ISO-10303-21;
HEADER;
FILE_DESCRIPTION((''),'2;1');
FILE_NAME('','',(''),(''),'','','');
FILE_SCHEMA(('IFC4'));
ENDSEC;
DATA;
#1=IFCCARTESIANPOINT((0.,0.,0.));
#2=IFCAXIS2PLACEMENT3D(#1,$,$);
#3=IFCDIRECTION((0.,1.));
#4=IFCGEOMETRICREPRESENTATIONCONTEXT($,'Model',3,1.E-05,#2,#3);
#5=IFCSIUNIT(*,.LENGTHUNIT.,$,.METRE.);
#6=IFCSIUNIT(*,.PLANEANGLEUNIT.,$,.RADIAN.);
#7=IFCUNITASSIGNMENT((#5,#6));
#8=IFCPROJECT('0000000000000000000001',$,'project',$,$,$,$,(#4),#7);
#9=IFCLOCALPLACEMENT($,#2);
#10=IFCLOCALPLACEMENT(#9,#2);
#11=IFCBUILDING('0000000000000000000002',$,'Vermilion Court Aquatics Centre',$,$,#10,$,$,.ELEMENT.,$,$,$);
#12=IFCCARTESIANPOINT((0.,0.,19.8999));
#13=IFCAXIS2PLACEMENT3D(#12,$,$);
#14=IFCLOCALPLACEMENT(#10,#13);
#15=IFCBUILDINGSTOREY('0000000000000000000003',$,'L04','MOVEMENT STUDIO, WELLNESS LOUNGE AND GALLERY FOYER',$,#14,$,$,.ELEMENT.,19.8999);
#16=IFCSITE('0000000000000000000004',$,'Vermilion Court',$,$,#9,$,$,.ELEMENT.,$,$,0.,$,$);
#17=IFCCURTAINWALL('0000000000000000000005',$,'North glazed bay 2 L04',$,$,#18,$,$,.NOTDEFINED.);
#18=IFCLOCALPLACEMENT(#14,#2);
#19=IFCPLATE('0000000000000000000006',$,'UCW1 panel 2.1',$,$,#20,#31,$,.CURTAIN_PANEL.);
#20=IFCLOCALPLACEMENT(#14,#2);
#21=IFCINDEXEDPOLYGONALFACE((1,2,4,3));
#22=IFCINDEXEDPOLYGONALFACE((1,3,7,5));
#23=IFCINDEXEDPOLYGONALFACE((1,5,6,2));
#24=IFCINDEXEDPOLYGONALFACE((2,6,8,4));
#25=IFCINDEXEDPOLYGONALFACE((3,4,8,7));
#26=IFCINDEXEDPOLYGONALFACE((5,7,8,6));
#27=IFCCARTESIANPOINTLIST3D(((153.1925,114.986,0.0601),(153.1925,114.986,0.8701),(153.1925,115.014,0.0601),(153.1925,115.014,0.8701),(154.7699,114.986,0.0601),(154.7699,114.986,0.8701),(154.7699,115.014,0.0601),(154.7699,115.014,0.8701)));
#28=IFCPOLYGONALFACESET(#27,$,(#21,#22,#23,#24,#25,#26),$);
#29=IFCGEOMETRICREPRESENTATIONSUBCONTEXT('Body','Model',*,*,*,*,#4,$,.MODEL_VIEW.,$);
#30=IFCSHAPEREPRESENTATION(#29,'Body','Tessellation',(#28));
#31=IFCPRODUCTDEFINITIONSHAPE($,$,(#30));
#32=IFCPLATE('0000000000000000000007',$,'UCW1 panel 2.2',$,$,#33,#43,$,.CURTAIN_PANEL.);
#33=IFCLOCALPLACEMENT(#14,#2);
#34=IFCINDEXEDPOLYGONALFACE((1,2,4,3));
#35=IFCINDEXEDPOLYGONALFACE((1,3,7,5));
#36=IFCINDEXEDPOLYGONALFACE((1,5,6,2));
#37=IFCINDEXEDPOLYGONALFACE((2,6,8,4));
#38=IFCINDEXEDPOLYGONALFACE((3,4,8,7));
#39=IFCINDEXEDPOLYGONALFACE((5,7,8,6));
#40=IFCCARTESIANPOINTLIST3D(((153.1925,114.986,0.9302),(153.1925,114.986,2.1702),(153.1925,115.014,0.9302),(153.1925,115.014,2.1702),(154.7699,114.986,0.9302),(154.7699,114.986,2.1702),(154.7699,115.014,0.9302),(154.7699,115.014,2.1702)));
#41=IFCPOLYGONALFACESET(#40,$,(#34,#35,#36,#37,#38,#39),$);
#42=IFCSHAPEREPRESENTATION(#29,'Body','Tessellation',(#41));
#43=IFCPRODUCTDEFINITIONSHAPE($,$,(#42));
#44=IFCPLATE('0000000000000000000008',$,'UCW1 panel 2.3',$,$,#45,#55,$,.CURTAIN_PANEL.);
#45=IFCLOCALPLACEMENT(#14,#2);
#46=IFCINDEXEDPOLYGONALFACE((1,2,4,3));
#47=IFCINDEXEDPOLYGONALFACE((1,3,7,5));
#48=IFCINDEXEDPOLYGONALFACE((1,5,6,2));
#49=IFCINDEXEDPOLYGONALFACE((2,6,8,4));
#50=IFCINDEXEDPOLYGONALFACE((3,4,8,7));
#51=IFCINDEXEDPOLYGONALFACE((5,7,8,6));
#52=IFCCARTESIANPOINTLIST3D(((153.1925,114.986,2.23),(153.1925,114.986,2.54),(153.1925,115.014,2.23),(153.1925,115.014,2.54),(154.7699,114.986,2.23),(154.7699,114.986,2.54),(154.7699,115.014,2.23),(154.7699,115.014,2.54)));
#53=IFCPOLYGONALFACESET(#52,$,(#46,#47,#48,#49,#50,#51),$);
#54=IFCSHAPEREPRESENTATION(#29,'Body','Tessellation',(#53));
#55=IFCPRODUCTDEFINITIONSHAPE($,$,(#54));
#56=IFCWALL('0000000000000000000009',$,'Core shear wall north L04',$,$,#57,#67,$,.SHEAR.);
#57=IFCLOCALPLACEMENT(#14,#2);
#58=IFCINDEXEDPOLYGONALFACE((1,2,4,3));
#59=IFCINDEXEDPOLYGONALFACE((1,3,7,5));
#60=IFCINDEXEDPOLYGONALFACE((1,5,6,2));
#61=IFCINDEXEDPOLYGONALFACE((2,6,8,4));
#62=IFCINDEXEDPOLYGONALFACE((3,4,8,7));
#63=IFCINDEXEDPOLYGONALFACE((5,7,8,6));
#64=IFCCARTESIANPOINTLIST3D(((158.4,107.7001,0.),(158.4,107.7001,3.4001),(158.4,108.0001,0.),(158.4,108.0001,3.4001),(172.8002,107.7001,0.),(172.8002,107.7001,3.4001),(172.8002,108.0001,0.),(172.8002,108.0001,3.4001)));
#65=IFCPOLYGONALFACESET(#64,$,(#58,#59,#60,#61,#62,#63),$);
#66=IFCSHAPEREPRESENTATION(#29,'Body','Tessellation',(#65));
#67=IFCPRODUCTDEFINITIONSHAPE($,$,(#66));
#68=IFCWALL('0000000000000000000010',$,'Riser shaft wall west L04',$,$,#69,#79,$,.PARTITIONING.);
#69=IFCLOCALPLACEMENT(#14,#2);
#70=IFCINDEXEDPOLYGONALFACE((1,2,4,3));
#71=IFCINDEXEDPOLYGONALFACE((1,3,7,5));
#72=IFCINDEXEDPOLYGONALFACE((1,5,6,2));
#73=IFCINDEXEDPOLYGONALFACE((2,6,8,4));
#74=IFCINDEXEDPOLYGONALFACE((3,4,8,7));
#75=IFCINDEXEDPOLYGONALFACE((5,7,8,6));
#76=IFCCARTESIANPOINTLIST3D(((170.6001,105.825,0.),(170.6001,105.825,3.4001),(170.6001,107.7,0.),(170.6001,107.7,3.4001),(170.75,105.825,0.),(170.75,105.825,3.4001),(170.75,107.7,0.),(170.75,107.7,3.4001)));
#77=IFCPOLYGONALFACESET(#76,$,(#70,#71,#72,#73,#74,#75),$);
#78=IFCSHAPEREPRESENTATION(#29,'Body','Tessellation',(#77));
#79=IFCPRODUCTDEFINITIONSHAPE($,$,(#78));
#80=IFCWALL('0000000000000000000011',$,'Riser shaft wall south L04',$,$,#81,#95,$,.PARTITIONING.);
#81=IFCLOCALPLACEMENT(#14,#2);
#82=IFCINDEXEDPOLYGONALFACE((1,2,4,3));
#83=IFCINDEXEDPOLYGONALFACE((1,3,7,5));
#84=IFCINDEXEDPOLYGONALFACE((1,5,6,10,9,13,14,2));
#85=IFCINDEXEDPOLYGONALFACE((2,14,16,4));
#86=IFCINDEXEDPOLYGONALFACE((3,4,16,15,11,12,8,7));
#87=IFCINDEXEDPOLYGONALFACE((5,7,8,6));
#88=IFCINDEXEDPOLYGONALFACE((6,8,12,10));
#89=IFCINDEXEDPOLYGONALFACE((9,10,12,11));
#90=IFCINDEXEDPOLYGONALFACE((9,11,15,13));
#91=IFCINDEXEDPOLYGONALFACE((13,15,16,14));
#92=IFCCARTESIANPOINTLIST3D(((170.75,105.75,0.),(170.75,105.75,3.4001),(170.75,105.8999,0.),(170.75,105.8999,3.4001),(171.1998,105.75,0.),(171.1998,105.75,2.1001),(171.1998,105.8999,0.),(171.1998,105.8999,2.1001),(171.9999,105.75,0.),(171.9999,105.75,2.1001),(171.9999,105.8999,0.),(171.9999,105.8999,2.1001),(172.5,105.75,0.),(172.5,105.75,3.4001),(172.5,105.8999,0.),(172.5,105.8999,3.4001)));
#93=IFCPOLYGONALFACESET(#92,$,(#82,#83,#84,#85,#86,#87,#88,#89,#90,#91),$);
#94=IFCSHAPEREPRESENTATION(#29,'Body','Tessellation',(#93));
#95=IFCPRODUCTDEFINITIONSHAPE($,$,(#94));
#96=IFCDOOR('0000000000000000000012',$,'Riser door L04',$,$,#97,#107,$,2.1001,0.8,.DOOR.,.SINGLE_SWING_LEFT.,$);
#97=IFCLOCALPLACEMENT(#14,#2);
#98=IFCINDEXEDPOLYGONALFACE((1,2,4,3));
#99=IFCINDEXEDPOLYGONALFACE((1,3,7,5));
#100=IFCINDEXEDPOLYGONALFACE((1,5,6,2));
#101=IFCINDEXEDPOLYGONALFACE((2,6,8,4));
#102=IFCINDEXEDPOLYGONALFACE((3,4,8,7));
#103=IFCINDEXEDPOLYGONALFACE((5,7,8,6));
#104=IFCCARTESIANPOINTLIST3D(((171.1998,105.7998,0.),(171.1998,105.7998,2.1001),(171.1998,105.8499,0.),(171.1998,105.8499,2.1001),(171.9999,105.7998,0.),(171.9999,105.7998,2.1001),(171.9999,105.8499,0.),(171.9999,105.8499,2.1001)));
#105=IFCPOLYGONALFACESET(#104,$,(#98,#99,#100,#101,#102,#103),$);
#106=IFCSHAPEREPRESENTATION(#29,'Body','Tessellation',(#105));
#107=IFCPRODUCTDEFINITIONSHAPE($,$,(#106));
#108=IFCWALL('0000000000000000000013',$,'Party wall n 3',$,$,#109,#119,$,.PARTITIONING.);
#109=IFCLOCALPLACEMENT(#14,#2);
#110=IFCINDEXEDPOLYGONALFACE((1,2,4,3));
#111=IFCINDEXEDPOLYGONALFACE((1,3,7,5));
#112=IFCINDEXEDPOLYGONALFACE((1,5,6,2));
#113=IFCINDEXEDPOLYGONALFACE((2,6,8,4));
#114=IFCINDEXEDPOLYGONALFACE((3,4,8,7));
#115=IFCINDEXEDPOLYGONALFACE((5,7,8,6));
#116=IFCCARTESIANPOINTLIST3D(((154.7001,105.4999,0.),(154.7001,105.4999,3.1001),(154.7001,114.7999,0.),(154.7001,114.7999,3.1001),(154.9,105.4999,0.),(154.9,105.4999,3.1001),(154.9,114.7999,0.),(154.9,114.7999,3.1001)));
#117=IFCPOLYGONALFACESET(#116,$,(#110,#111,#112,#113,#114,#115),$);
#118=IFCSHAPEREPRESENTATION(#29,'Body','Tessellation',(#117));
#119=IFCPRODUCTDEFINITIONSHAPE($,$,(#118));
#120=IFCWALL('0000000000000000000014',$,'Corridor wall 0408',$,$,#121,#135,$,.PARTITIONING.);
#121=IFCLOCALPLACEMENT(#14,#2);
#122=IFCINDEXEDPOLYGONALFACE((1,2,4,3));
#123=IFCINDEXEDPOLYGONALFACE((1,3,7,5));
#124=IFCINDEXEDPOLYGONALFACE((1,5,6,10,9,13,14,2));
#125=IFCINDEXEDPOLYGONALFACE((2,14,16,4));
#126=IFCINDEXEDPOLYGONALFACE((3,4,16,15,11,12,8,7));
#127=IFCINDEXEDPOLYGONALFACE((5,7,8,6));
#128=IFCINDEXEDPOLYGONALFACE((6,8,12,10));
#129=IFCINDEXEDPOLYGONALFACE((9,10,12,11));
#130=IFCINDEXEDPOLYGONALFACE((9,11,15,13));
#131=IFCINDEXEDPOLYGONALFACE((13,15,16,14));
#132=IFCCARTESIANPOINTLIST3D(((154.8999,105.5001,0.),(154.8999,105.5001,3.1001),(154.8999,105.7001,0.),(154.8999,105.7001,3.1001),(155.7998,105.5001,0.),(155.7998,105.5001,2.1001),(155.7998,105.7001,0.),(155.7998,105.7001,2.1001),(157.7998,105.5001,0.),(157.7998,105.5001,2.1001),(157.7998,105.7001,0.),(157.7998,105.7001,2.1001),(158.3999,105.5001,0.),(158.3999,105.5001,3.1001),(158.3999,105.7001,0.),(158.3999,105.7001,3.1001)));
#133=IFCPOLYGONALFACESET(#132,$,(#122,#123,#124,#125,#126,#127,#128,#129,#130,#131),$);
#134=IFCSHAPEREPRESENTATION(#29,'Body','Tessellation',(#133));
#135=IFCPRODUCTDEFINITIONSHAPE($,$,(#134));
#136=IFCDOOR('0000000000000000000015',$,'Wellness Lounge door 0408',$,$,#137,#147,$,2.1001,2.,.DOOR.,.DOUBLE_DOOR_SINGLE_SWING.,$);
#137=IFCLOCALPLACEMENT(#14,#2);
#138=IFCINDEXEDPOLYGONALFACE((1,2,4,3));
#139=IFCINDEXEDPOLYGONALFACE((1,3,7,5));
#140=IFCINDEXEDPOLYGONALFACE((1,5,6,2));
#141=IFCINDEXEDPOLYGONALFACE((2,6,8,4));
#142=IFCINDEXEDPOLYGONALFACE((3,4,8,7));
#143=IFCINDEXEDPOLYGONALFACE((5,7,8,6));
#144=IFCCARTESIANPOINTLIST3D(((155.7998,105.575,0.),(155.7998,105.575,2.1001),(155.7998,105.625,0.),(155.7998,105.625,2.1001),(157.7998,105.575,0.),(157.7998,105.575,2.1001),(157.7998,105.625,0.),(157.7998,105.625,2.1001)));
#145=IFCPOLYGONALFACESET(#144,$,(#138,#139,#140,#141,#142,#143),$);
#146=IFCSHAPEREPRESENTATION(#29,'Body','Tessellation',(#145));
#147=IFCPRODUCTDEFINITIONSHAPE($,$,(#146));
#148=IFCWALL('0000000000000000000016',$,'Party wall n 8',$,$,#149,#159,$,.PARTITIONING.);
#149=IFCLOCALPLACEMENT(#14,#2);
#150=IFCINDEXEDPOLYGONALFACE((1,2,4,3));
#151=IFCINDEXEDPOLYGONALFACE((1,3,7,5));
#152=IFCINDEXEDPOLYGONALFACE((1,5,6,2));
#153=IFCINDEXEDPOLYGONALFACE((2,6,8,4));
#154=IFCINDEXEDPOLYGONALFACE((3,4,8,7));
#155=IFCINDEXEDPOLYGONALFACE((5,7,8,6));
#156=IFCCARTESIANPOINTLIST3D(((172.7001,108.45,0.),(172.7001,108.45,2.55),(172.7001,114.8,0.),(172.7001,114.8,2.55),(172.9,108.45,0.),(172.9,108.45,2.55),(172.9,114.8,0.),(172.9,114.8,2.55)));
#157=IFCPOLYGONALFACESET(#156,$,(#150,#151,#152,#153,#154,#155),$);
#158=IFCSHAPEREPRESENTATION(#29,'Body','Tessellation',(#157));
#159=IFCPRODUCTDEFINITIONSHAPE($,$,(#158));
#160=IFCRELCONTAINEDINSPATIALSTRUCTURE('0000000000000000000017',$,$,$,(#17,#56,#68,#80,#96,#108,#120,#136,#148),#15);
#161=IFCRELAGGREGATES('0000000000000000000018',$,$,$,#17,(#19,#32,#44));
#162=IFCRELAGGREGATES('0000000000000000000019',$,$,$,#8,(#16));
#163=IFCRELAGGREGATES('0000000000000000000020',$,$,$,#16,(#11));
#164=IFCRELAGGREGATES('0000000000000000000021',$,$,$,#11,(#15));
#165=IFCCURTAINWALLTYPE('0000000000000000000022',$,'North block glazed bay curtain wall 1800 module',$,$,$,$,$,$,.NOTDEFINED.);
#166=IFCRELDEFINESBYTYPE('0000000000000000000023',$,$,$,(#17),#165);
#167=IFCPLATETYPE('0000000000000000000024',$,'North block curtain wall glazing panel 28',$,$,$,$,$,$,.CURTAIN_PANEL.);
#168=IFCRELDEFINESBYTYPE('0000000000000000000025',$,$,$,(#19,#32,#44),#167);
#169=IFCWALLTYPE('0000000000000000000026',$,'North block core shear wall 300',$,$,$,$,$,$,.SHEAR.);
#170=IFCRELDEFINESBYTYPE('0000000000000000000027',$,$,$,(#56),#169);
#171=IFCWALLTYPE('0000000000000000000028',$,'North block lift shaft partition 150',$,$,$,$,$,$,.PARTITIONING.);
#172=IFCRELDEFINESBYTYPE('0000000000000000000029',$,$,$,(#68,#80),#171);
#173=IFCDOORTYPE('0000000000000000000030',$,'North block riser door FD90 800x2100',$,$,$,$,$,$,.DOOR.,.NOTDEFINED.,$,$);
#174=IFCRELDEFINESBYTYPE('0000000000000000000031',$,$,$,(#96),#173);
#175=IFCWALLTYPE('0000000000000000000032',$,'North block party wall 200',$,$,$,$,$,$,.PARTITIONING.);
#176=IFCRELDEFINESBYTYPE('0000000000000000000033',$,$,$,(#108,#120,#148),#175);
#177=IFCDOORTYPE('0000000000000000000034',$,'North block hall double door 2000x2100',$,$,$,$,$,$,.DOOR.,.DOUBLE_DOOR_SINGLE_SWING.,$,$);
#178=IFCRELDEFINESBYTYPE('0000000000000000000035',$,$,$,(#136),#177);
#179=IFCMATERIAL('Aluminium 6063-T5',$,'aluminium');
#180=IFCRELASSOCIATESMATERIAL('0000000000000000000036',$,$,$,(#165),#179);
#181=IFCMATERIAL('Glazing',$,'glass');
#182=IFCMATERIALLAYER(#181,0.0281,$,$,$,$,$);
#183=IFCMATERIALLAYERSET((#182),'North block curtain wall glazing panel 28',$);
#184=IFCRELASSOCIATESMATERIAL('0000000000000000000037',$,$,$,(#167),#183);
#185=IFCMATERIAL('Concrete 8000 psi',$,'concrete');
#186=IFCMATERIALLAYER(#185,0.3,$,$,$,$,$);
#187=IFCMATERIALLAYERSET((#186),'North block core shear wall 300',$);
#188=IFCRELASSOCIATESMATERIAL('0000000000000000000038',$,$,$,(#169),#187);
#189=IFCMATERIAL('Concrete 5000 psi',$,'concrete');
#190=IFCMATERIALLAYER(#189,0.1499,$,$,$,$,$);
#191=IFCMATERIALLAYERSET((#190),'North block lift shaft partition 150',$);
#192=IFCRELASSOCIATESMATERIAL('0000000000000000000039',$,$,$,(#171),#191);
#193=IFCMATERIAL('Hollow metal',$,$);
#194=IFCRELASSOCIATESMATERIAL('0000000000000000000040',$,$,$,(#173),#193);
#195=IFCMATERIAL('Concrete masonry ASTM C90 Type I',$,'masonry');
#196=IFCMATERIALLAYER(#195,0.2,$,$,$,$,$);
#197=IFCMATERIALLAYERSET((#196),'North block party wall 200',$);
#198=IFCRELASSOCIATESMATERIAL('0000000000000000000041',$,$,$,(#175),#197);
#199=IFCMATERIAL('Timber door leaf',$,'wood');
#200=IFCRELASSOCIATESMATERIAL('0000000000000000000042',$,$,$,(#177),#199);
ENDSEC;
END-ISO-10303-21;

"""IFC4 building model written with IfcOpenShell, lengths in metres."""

from ifc_helpers import new_model, si_unit, direction, frame, frame_2d, origin, origin_2d, place, context, subcontext, project, spatial, rectangle, extrude, material, layer, layer_set, type_object, element, fill, aggregate, save


model = new_model("IFC4")

# Units and contexts
model_context = context("Model", 3, precision=1e-05, world=origin(), true_north=direction((0.0, 1.0)))
body_context = subcontext(model_context, "Body", "Model", "MODEL_VIEW")
ifc_project = project(units=[si_unit("LENGTHUNIT", "METRE"), si_unit("PLANEANGLEUNIT", "RADIAN")], contexts=[model_context])

# Site, building, storey
site_placement = place(None, origin())
site = spatial("IfcSite", under=ifc_project, at=site_placement, Name="Vermilion Court", CompositionType="ELEMENT", RefElevation=0.0)
building_placement = place(site_placement, origin())
building = spatial("IfcBuilding", under=site, at=building_placement, Name="Vermilion Court Aquatics Centre", CompositionType="ELEMENT")
storey_placement = place(building_placement, frame((0.0, 0.0, 19.8999)))
storey = spatial("IfcBuildingStorey", under=building, at=storey_placement, Name="L04", Description="MOVEMENT STUDIO, WELLNESS LOUNGE AND GALLERY FOYER", CompositionType="ELEMENT", Elevation=19.8999)

# Curtain wall
ifc_material_1 = material(Name="Aluminium 6063-T5", Category="aluminium")
curtain_wall_type = type_object("IfcCurtainWallType", Name="North block glazed bay curtain wall 1800 module", PredefinedType="NOTDEFINED", material=ifc_material_1)
curtain_wall_placement = place(storey_placement, origin())
curtain_wall = element("IfcCurtainWall", 1, at=curtain_wall_placement, inside=storey, type_object=curtain_wall_type, Name="North glazed bay 2 L04", PredefinedType="NOTDEFINED")

# Plates
ifc_material_2 = material(Name="Glazing", Category="glass")
ifc_layer_1 = layer(ifc_material_2, 0.0281)
ifc_layer_set_1 = layer_set([ifc_layer_1], Name="North block curtain wall glazing panel 28")
plate_type = type_object("IfcPlateType", Name="North block curtain wall glazing panel 28", PredefinedType="CURTAIN_PANEL", material=ifc_layer_set_1)
plate_1_placement = place(storey_placement, frame((153.9812, 115.0, 0.0601), z_axis=(0.0, 0.0, 1.0), x_axis=(1.0, 0.0, 0.0)))
plate_1 = element("IfcPlate", 2, at=plate_1_placement, type_object=plate_type, Name="UCW1 panel 2.1", PredefinedType="CURTAIN_PANEL", context=body_context, shape_type="SweptSolid", body=[
    extrude(rectangle(XDim=1.5774, YDim=0.0281, at=origin_2d()), origin(), (0.0, 0.0, 1.0), 0.8101),
])
plate_2_placement = place(storey_placement, frame((153.9812, 115.0, 0.9302), z_axis=(0.0, 0.0, 1.0), x_axis=(1.0, 0.0, 0.0)))
plate_2 = element("IfcPlate", 3, at=plate_2_placement, type_object=plate_type, Name="UCW1 panel 2.2", PredefinedType="CURTAIN_PANEL", context=body_context, shape_type="SweptSolid", body=[
    extrude(rectangle(XDim=1.5774, YDim=0.0281, at=origin_2d()), origin(), (0.0, 0.0, 1.0), 1.24),
])
plate_3_placement = place(storey_placement, frame((153.9812, 115.0, 2.23), z_axis=(0.0, 0.0, 1.0), x_axis=(1.0, 0.0, 0.0)))
plate_3 = element("IfcPlate", 4, at=plate_3_placement, type_object=plate_type, Name="UCW1 panel 2.3", PredefinedType="CURTAIN_PANEL", context=body_context, shape_type="SweptSolid", body=[
    extrude(rectangle(XDim=1.5774, YDim=0.0281, at=origin_2d()), origin(), (0.0, 0.0, 1.0), 0.3101),
])
aggregate(curtain_wall, [plate_1, plate_2, plate_3])

# Walls
ifc_material_3 = material(Name="Concrete 8000 psi", Category="concrete")
ifc_layer_2 = layer(ifc_material_3, 0.3)
ifc_layer_set_2 = layer_set([ifc_layer_2], Name="North block core shear wall 300")
wall_type_1 = type_object("IfcWallType", Name="North block core shear wall 300", PredefinedType="SHEAR", material=ifc_layer_set_2)
wall_1_placement = place(storey_placement, frame((158.3999, 107.8501, 0.0), z_axis=(0.0, 0.0, 1.0), x_axis=(1.0, 0.0, 0.0)))
element("IfcWall", 5, at=wall_1_placement, inside=storey, type_object=wall_type_1, Name="Core shear wall north L04", PredefinedType="SHEAR", context=body_context, shape_type="SweptSolid", body=[
    extrude(rectangle(XDim=14.4001, YDim=0.3, at=frame_2d((7.2002, 0.0))), origin(), (0.0, 0.0, 1.0), 3.4001),
])
ifc_material_4 = material(Name="Concrete 5000 psi", Category="concrete")
ifc_layer_3 = layer(ifc_material_4, 0.1499)
ifc_layer_set_3 = layer_set([ifc_layer_3], Name="North block lift shaft partition 150")
wall_type_2 = type_object("IfcWallType", Name="North block lift shaft partition 150", PredefinedType="PARTITIONING", material=ifc_layer_set_3)
wall_2_placement = place(storey_placement, frame((170.675, 105.825, 0.0), z_axis=(0.0, 0.0, 1.0), x_axis=(0.0, 1.0, 0.0)))
element("IfcWall", 6, at=wall_2_placement, inside=storey, type_object=wall_type_2, Name="Riser shaft wall west L04", PredefinedType="PARTITIONING", context=body_context, shape_type="SweptSolid", body=[
    extrude(rectangle(XDim=1.875, YDim=0.1499, at=frame_2d((0.9375, 0.0))), origin(), (0.0, 0.0, 1.0), 3.4001),
])

# Wall, opening, door
wall_3_placement = place(storey_placement, frame((170.75, 105.825, 0.0), z_axis=(0.0, 0.0, 1.0), x_axis=(1.0, 0.0, 0.0)))
wall_3 = element("IfcWall", 7, at=wall_3_placement, inside=storey, type_object=wall_type_2, Name="Riser shaft wall south L04", PredefinedType="PARTITIONING", context=body_context, shape_type="SweptSolid", body=[
    extrude(rectangle(XDim=1.75, YDim=0.1499, at=frame_2d((0.875, 0.0))), origin(), (0.0, 0.0, 1.0), 3.4001),
])
opening_1_placement = place(wall_3_placement, frame((0.45, 0.0, 0.0)))
opening_1 = element("IfcOpeningElement", 8, at=opening_1_placement, cuts=wall_3, PredefinedType="OPENING", context=body_context, shape_type="SweptSolid", body=[
    extrude(rectangle(XDim=0.8, YDim=2.1001, at=frame_2d((0.3999, 1.05))), frame((0.0, 0.085, 0.0), z_axis=(0.0, -1.0, 0.0), x_axis=(1.0, 0.0, 0.0)), (0.0, 0.0, 1.0), 0.1699),
])
ifc_material_5 = material(Name="Hollow metal")
door_type_1 = type_object("IfcDoorType", Name="North block riser door FD90 800x2100", OperationType="NOTDEFINED", PredefinedType="DOOR", material=ifc_material_5)
door_1_placement = place(opening_1_placement, origin())
door_1 = element("IfcDoor", 9, at=door_1_placement, inside=storey, type_object=door_type_1, Name="Riser door L04", OperationType="SINGLE_SWING_LEFT", OverallHeight=2.1001, OverallWidth=0.8, PredefinedType="DOOR", context=body_context, shape_type="SweptSolid", body=[
    extrude(rectangle(XDim=0.8, YDim=2.1001, at=frame_2d((0.3999, 1.05))), frame((0.0, 0.0249, 0.0), z_axis=(0.0, -1.0, 0.0), x_axis=(1.0, 0.0, 0.0)), (0.0, 0.0, 1.0), 0.05),
])
fill(opening_1, door_1)

# Wall
ifc_material_6 = material(Name="Concrete masonry ASTM C90 Type I", Category="masonry")
ifc_layer_4 = layer(ifc_material_6, 0.2)
ifc_layer_set_4 = layer_set([ifc_layer_4], Name="North block party wall 200")
wall_type_3 = type_object("IfcWallType", Name="North block party wall 200", PredefinedType="PARTITIONING", material=ifc_layer_set_4)
wall_4_placement = place(storey_placement, frame((154.8, 105.5, 0.0), z_axis=(0.0, 0.0, 1.0), x_axis=(0.0, 1.0, 0.0)))
element("IfcWall", 10, at=wall_4_placement, inside=storey, type_object=wall_type_3, Name="Party wall n 3", PredefinedType="PARTITIONING", context=body_context, shape_type="SweptSolid", body=[
    extrude(rectangle(XDim=9.3, YDim=0.2, at=frame_2d((4.6499, 0.0))), origin(), (0.0, 0.0, 1.0), 3.1001),
])

# Wall, opening, door
wall_5_placement = place(storey_placement, frame((154.8999, 105.6001, 0.0), z_axis=(0.0, 0.0, 1.0), x_axis=(1.0, 0.0, 0.0)))
wall_5 = element("IfcWall", 11, at=wall_5_placement, inside=storey, type_object=wall_type_3, Name="Corridor wall 0408", PredefinedType="PARTITIONING", context=body_context, shape_type="SweptSolid", body=[
    extrude(rectangle(XDim=3.5, YDim=0.2, at=frame_2d((1.75, 0.0))), origin(), (0.0, 0.0, 1.0), 3.1001),
])
opening_2_placement = place(wall_5_placement, frame((0.8999, 0.0, 0.0)))
opening_2 = element("IfcOpeningElement", 12, at=opening_2_placement, cuts=wall_5, PredefinedType="OPENING", context=body_context, shape_type="SweptSolid", body=[
    extrude(rectangle(XDim=2.0, YDim=2.1001, at=frame_2d((1.0, 1.05))), frame((0.0, 0.1099, 0.0), z_axis=(0.0, -1.0, 0.0), x_axis=(1.0, 0.0, 0.0)), (0.0, 0.0, 1.0), 0.22),
])
ifc_material_7 = material(Name="Timber door leaf", Category="wood")
door_type_2 = type_object("IfcDoorType", Name="North block hall double door 2000x2100", OperationType="DOUBLE_DOOR_SINGLE_SWING", PredefinedType="DOOR", material=ifc_material_7)
door_2_placement = place(opening_2_placement, frame((2.0, 0.0, 0.0), z_axis=(0.0, 0.0, 1.0), x_axis=(-1.0, 0.0, 0.0)))
door_2 = element("IfcDoor", 13, at=door_2_placement, inside=storey, type_object=door_type_2, Name="Wellness Lounge door 0408", OperationType="DOUBLE_DOOR_SINGLE_SWING", OverallHeight=2.1001, OverallWidth=2.0, PredefinedType="DOOR", context=body_context, shape_type="SweptSolid", body=[
    extrude(rectangle(XDim=2.0, YDim=2.1001, at=frame_2d((1.0, 1.05))), frame((0.0, 0.0251, 0.0), z_axis=(0.0, -1.0, 0.0), x_axis=(1.0, 0.0, 0.0)), (0.0, 0.0, 1.0), 0.05),
])
fill(opening_2, door_2)

# Wall
wall_6_placement = place(storey_placement, frame((172.8, 108.45, 0.0), z_axis=(0.0, 0.0, 1.0), x_axis=(0.0, 1.0, 0.0)))
element("IfcWall", 14, at=wall_6_placement, inside=storey, type_object=wall_type_3, Name="Party wall n 8", PredefinedType="PARTITIONING", context=body_context, shape_type="SweptSolid", body=[
    extrude(rectangle(XDim=6.3501, YDim=0.2, at=frame_2d((3.175, 0.0))), origin(), (0.0, 0.0, 1.0), 2.55),
])

save(model, "model.ifc")
